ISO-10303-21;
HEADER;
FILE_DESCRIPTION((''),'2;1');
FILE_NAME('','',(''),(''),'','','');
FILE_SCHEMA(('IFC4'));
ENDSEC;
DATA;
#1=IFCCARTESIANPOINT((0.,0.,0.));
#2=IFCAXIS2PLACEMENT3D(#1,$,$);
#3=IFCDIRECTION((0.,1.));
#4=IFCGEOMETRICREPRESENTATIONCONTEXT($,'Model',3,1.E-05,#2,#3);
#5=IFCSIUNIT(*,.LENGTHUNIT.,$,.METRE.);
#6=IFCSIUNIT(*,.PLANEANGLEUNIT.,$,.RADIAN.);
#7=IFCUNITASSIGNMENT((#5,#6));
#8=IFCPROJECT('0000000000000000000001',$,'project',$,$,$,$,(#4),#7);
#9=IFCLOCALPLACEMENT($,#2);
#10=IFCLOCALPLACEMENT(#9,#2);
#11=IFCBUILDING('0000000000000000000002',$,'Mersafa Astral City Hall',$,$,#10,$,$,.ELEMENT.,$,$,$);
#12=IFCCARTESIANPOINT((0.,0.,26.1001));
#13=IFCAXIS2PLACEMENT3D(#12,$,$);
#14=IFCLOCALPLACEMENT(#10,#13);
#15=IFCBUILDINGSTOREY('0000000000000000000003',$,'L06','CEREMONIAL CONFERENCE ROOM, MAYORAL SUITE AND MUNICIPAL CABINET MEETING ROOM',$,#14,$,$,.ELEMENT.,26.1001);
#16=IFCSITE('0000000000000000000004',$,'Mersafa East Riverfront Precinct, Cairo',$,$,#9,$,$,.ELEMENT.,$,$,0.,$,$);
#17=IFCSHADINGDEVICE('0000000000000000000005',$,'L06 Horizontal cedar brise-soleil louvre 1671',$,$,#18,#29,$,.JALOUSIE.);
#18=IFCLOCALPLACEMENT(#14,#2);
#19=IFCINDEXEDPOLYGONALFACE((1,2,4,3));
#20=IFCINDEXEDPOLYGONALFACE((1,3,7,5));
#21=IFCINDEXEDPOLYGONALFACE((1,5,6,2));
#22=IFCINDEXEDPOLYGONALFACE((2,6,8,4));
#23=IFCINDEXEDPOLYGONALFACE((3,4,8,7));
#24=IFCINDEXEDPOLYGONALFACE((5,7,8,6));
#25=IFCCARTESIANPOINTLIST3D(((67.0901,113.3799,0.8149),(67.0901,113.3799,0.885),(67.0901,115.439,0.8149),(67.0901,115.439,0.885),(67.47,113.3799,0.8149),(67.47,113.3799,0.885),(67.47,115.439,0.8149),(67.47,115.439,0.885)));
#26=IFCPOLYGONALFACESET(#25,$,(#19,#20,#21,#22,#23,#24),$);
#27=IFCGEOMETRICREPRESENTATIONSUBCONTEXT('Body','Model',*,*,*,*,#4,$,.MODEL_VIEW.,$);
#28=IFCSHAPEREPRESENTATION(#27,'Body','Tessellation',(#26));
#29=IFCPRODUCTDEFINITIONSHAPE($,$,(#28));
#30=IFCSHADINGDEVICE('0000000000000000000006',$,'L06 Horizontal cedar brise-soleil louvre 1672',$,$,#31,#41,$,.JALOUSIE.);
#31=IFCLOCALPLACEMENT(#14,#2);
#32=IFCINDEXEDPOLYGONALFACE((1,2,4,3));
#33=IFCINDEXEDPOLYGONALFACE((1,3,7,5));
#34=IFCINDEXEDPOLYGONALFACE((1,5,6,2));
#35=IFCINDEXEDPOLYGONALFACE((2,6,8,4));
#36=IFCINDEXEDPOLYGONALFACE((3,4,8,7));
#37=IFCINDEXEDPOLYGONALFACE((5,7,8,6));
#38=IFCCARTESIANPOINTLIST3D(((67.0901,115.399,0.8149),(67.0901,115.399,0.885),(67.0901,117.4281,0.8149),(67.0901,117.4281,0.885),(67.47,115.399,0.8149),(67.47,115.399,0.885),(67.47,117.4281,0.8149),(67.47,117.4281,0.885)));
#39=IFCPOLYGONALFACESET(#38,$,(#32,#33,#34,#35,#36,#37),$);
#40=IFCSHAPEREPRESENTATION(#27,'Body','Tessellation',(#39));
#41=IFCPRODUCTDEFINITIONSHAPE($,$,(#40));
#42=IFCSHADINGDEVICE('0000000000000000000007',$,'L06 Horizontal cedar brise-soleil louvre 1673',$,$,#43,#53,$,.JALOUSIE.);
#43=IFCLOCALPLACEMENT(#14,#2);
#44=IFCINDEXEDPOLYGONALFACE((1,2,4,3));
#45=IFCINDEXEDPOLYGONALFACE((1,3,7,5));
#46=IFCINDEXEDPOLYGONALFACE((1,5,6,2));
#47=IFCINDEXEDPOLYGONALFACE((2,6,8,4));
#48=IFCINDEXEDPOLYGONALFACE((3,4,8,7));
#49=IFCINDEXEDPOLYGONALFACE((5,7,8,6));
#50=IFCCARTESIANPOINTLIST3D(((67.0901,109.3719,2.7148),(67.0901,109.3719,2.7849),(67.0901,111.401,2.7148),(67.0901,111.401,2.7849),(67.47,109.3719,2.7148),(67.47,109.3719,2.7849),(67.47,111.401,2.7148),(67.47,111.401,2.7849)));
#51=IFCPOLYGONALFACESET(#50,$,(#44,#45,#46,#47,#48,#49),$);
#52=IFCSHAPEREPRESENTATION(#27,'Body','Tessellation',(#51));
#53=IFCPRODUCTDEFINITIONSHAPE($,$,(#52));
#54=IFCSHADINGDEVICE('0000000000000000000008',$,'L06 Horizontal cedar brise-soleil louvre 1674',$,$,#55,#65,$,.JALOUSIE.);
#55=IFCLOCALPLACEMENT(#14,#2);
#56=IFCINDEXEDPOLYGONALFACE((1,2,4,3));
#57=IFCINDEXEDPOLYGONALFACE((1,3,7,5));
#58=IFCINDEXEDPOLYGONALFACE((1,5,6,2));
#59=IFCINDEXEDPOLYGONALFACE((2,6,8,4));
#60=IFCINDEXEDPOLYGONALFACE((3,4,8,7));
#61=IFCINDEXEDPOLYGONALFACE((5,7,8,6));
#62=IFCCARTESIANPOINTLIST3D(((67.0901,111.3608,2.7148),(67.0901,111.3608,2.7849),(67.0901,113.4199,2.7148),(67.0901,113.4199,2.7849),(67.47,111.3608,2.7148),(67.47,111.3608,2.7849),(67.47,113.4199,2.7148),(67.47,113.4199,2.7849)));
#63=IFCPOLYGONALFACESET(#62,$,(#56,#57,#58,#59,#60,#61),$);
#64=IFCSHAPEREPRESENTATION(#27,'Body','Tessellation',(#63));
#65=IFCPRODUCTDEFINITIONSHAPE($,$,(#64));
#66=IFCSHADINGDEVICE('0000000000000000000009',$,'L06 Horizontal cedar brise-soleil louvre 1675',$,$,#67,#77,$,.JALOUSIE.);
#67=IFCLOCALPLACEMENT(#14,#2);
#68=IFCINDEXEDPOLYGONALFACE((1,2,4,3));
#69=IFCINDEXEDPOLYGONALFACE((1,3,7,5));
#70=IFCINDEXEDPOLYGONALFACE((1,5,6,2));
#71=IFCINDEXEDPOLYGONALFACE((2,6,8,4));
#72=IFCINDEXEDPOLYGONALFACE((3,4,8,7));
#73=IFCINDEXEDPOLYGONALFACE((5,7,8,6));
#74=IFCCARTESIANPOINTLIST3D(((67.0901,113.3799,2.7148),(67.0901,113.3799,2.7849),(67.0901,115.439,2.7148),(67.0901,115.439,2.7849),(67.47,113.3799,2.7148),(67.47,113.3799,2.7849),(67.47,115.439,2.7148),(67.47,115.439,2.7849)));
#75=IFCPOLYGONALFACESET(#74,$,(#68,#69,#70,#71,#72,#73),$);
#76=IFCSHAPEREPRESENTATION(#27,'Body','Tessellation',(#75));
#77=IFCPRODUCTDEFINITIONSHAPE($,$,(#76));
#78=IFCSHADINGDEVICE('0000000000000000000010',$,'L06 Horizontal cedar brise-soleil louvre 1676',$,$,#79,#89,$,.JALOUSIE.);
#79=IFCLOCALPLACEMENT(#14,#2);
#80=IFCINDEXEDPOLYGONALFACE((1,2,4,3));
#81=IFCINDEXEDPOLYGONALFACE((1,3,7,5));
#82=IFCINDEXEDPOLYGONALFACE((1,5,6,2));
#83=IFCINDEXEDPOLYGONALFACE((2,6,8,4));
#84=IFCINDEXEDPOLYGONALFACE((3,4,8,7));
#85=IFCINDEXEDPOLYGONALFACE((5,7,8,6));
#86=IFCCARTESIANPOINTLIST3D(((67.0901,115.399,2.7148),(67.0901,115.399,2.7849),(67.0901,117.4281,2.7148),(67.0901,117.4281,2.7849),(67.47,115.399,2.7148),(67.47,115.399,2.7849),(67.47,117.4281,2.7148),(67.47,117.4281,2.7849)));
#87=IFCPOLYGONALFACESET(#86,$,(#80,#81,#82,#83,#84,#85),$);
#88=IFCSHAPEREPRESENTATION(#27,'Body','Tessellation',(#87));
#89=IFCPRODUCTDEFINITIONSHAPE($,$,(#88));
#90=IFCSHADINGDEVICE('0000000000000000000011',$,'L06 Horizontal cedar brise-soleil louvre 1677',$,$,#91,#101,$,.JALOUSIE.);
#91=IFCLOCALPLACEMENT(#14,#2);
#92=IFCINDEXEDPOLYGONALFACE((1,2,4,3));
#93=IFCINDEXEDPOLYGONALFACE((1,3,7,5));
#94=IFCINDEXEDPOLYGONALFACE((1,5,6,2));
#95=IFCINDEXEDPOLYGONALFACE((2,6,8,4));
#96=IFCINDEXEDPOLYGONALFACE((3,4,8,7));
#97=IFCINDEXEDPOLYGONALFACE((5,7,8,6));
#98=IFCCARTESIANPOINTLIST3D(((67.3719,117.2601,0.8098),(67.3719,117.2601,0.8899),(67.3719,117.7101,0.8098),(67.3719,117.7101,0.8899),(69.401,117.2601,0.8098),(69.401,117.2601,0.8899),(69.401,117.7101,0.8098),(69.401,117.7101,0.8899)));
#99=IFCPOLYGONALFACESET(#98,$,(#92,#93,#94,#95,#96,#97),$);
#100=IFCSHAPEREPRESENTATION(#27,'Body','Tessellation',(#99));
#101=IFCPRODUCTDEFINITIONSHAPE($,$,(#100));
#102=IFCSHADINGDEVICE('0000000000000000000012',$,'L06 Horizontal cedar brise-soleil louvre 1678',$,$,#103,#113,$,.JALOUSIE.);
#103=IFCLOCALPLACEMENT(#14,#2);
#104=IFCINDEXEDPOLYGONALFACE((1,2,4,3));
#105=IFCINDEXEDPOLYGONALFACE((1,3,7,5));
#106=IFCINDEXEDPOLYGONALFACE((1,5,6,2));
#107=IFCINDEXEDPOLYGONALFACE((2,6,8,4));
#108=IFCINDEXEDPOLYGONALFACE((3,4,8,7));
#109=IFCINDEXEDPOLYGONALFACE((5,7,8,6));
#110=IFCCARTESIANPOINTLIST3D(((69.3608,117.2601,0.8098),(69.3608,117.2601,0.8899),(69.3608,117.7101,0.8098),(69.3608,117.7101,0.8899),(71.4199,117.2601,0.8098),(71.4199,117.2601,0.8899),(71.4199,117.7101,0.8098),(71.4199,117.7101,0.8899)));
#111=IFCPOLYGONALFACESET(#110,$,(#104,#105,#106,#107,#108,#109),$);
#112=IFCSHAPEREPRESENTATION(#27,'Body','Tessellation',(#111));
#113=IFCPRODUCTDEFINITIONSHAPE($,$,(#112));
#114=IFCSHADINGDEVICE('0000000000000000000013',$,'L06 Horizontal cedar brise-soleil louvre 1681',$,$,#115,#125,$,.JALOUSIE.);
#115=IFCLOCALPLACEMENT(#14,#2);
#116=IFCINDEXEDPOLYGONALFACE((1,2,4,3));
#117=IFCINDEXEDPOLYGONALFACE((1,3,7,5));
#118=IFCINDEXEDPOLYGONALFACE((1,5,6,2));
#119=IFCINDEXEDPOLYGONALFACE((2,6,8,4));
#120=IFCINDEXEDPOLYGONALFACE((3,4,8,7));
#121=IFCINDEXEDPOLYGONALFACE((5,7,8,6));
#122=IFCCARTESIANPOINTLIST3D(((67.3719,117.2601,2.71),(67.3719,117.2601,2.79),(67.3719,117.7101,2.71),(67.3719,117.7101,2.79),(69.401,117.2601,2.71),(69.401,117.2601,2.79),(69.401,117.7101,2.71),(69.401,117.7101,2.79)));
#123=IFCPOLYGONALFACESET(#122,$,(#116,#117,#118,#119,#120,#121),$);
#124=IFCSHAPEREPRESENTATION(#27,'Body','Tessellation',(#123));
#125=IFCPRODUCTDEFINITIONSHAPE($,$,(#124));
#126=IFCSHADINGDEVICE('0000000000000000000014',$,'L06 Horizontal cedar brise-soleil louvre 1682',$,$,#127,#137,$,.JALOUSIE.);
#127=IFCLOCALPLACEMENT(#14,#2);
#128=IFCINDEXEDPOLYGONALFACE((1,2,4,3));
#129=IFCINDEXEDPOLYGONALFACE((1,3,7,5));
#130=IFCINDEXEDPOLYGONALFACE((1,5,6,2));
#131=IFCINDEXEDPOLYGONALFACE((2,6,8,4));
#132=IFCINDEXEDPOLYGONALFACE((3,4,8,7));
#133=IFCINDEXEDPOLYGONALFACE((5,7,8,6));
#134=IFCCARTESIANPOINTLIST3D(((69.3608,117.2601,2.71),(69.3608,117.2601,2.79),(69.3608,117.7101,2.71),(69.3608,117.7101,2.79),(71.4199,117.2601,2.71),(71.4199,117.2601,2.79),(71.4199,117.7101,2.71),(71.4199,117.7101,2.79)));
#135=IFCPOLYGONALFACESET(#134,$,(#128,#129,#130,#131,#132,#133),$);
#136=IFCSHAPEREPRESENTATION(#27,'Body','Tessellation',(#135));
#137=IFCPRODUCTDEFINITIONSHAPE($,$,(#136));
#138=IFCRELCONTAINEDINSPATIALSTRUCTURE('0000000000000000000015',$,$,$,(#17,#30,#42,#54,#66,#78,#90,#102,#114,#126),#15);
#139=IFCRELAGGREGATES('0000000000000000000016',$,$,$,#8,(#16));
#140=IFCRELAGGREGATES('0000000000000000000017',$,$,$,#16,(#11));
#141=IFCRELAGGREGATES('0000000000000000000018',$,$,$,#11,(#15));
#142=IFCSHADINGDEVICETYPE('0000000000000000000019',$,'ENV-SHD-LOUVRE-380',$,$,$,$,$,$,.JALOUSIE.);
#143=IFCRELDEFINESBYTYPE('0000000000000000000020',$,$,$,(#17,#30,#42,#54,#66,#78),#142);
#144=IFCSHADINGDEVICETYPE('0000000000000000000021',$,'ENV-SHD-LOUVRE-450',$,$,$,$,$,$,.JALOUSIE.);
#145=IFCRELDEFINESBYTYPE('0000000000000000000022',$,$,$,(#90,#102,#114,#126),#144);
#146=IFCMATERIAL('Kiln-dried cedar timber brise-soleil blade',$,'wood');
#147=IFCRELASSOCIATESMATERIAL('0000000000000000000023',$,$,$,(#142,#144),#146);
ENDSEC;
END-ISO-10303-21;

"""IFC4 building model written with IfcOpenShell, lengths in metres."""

from ifc_helpers import new_model, si_unit, direction, frame, origin, origin_2d, place, context, subcontext, project, spatial, rectangle, extrude, material, type_object, element, save


model = new_model("IFC4")

# Units and contexts
model_context = context("Model", 3, precision=1e-05, world=origin(), true_north=direction((0.0, 1.0)))
body_context = subcontext(model_context, "Body", "Model", "MODEL_VIEW")
ifc_project = project(units=[si_unit("LENGTHUNIT", "METRE"), si_unit("PLANEANGLEUNIT", "RADIAN")], contexts=[model_context])

# Site, building, storey
site_placement = place(None, origin())
site = spatial("IfcSite", under=ifc_project, at=site_placement, Name="Mersafa East Riverfront Precinct, Cairo", CompositionType="ELEMENT", RefElevation=0.0)
building_placement = place(site_placement, origin())
building = spatial("IfcBuilding", under=site, at=building_placement, Name="Mersafa Astral City Hall", CompositionType="ELEMENT")
storey_placement = place(building_placement, frame((0.0, 0.0, 26.1001)))
storey = spatial("IfcBuildingStorey", under=building, at=storey_placement, Name="L06", Description="CEREMONIAL CONFERENCE ROOM, MAYORAL SUITE AND MUNICIPAL CABINET MEETING ROOM", CompositionType="ELEMENT", Elevation=26.1001)

# Shading devices
ifc_material_1 = material(Name="Kiln-dried cedar timber brise-soleil blade", Category="wood")
shading_device_type_1 = type_object("IfcShadingDeviceType", Name="ENV-SHD-LOUVRE-380", PredefinedType="JALOUSIE", material=ifc_material_1)
for number, where, z_axis, x_axis, name in (
    (1, (67.28, 114.4094, 0.8149), (0.0, 0.0, 1.0), (0.0, 1.0, 0.0), "L06 Horizontal cedar brise-soleil louvre 1671"),
):
    element("IfcShadingDevice", number, at=place(storey_placement, frame(where, z_axis=z_axis, x_axis=x_axis)), inside=storey, type_object=shading_device_type_1, Name=name, PredefinedType="JALOUSIE", context=body_context, shape_type="SweptSolid", body=[
        extrude(rectangle(XDim=2.0591, YDim=0.3799, at=origin_2d()), origin(), (0.0, 0.0, 1.0), 0.0701),
    ])
for number, where, z_axis, x_axis, name in (
    (2, (67.28, 116.4136, 0.8149), (0.0, 0.0, 1.0), (0.0, 1.0, 0.0), "L06 Horizontal cedar brise-soleil louvre 1672"),
    (3, (67.28, 110.3865, 2.7148), (0.0, 0.0, 1.0), (0.0, 1.0, 0.0), "L06 Horizontal cedar brise-soleil louvre 1673"),
):
    element("IfcShadingDevice", number, at=place(storey_placement, frame(where, z_axis=z_axis, x_axis=x_axis)), inside=storey, type_object=shading_device_type_1, Name=name, PredefinedType="JALOUSIE", context=body_context, shape_type="SweptSolid", body=[
        extrude(rectangle(XDim=2.0291, YDim=0.3799, at=origin_2d()), origin(), (0.0, 0.0, 1.0), 0.0701),
    ])
for number, where, z_axis, x_axis, name in (
    (4, (67.28, 112.3904, 2.7148), (0.0, 0.0, 1.0), (0.0, 1.0, 0.0), "L06 Horizontal cedar brise-soleil louvre 1674"),
    (5, (67.28, 114.4094, 2.7148), (0.0, 0.0, 1.0), (0.0, 1.0, 0.0), "L06 Horizontal cedar brise-soleil louvre 1675"),
):
    element("IfcShadingDevice", number, at=place(storey_placement, frame(where, z_axis=z_axis, x_axis=x_axis)), inside=storey, type_object=shading_device_type_1, Name=name, PredefinedType="JALOUSIE", context=body_context, shape_type="SweptSolid", body=[
        extrude(rectangle(XDim=2.0591, YDim=0.3799, at=origin_2d()), origin(), (0.0, 0.0, 1.0), 0.0701),
    ])
shading_device_1_placement = place(storey_placement, frame((67.28, 116.4136, 2.7148), z_axis=(0.0, 0.0, 1.0), x_axis=(0.0, 1.0, 0.0)))
element("IfcShadingDevice", 6, at=shading_device_1_placement, inside=storey, type_object=shading_device_type_1, Name="L06 Horizontal cedar brise-soleil louvre 1676", PredefinedType="JALOUSIE", context=body_context, shape_type="SweptSolid", body=[
    extrude(rectangle(XDim=2.0291, YDim=0.3799, at=origin_2d()), origin(), (0.0, 0.0, 1.0), 0.0701),
])
shading_device_type_2 = type_object("IfcShadingDeviceType", Name="ENV-SHD-LOUVRE-450", PredefinedType="JALOUSIE", material=ifc_material_1)
shading_device_2_placement = place(storey_placement, frame((68.3865, 117.4851, 0.8098), z_axis=(0.0, 0.0, 1.0), x_axis=(1.0, 0.0, 0.0)))
element("IfcShadingDevice", 7, at=shading_device_2_placement, inside=storey, type_object=shading_device_type_2, Name="L06 Horizontal cedar brise-soleil louvre 1677", PredefinedType="JALOUSIE", context=body_context, shape_type="SweptSolid", body=[
    extrude(rectangle(XDim=2.0291, YDim=0.45, at=origin_2d()), origin(), (0.0, 0.0, 1.0), 0.0801),
])
shading_device_3_placement = place(storey_placement, frame((70.3904, 117.4851, 0.8098), z_axis=(0.0, 0.0, 1.0), x_axis=(1.0, 0.0, 0.0)))
element("IfcShadingDevice", 8, at=shading_device_3_placement, inside=storey, type_object=shading_device_type_2, Name="L06 Horizontal cedar brise-soleil louvre 1678", PredefinedType="JALOUSIE", context=body_context, shape_type="SweptSolid", body=[
    extrude(rectangle(XDim=2.0591, YDim=0.45, at=origin_2d()), origin(), (0.0, 0.0, 1.0), 0.0801),
])
shading_device_4_placement = place(storey_placement, frame((68.3865, 117.4851, 2.71), z_axis=(0.0, 0.0, 1.0), x_axis=(1.0, 0.0, 0.0)))
element("IfcShadingDevice", 9, at=shading_device_4_placement, inside=storey, type_object=shading_device_type_2, Name="L06 Horizontal cedar brise-soleil louvre 1681", PredefinedType="JALOUSIE", context=body_context, shape_type="SweptSolid", body=[
    extrude(rectangle(XDim=2.0291, YDim=0.45, at=origin_2d()), origin(), (0.0, 0.0, 1.0), 0.0801),
])
shading_device_5_placement = place(storey_placement, frame((70.3904, 117.4851, 2.71), z_axis=(0.0, 0.0, 1.0), x_axis=(1.0, 0.0, 0.0)))
element("IfcShadingDevice", 10, at=shading_device_5_placement, inside=storey, type_object=shading_device_type_2, Name="L06 Horizontal cedar brise-soleil louvre 1682", PredefinedType="JALOUSIE", context=body_context, shape_type="SweptSolid", body=[
    extrude(rectangle(XDim=2.0591, YDim=0.45, at=origin_2d()), origin(), (0.0, 0.0, 1.0), 0.0801),
])

save(model, "model.ifc")
